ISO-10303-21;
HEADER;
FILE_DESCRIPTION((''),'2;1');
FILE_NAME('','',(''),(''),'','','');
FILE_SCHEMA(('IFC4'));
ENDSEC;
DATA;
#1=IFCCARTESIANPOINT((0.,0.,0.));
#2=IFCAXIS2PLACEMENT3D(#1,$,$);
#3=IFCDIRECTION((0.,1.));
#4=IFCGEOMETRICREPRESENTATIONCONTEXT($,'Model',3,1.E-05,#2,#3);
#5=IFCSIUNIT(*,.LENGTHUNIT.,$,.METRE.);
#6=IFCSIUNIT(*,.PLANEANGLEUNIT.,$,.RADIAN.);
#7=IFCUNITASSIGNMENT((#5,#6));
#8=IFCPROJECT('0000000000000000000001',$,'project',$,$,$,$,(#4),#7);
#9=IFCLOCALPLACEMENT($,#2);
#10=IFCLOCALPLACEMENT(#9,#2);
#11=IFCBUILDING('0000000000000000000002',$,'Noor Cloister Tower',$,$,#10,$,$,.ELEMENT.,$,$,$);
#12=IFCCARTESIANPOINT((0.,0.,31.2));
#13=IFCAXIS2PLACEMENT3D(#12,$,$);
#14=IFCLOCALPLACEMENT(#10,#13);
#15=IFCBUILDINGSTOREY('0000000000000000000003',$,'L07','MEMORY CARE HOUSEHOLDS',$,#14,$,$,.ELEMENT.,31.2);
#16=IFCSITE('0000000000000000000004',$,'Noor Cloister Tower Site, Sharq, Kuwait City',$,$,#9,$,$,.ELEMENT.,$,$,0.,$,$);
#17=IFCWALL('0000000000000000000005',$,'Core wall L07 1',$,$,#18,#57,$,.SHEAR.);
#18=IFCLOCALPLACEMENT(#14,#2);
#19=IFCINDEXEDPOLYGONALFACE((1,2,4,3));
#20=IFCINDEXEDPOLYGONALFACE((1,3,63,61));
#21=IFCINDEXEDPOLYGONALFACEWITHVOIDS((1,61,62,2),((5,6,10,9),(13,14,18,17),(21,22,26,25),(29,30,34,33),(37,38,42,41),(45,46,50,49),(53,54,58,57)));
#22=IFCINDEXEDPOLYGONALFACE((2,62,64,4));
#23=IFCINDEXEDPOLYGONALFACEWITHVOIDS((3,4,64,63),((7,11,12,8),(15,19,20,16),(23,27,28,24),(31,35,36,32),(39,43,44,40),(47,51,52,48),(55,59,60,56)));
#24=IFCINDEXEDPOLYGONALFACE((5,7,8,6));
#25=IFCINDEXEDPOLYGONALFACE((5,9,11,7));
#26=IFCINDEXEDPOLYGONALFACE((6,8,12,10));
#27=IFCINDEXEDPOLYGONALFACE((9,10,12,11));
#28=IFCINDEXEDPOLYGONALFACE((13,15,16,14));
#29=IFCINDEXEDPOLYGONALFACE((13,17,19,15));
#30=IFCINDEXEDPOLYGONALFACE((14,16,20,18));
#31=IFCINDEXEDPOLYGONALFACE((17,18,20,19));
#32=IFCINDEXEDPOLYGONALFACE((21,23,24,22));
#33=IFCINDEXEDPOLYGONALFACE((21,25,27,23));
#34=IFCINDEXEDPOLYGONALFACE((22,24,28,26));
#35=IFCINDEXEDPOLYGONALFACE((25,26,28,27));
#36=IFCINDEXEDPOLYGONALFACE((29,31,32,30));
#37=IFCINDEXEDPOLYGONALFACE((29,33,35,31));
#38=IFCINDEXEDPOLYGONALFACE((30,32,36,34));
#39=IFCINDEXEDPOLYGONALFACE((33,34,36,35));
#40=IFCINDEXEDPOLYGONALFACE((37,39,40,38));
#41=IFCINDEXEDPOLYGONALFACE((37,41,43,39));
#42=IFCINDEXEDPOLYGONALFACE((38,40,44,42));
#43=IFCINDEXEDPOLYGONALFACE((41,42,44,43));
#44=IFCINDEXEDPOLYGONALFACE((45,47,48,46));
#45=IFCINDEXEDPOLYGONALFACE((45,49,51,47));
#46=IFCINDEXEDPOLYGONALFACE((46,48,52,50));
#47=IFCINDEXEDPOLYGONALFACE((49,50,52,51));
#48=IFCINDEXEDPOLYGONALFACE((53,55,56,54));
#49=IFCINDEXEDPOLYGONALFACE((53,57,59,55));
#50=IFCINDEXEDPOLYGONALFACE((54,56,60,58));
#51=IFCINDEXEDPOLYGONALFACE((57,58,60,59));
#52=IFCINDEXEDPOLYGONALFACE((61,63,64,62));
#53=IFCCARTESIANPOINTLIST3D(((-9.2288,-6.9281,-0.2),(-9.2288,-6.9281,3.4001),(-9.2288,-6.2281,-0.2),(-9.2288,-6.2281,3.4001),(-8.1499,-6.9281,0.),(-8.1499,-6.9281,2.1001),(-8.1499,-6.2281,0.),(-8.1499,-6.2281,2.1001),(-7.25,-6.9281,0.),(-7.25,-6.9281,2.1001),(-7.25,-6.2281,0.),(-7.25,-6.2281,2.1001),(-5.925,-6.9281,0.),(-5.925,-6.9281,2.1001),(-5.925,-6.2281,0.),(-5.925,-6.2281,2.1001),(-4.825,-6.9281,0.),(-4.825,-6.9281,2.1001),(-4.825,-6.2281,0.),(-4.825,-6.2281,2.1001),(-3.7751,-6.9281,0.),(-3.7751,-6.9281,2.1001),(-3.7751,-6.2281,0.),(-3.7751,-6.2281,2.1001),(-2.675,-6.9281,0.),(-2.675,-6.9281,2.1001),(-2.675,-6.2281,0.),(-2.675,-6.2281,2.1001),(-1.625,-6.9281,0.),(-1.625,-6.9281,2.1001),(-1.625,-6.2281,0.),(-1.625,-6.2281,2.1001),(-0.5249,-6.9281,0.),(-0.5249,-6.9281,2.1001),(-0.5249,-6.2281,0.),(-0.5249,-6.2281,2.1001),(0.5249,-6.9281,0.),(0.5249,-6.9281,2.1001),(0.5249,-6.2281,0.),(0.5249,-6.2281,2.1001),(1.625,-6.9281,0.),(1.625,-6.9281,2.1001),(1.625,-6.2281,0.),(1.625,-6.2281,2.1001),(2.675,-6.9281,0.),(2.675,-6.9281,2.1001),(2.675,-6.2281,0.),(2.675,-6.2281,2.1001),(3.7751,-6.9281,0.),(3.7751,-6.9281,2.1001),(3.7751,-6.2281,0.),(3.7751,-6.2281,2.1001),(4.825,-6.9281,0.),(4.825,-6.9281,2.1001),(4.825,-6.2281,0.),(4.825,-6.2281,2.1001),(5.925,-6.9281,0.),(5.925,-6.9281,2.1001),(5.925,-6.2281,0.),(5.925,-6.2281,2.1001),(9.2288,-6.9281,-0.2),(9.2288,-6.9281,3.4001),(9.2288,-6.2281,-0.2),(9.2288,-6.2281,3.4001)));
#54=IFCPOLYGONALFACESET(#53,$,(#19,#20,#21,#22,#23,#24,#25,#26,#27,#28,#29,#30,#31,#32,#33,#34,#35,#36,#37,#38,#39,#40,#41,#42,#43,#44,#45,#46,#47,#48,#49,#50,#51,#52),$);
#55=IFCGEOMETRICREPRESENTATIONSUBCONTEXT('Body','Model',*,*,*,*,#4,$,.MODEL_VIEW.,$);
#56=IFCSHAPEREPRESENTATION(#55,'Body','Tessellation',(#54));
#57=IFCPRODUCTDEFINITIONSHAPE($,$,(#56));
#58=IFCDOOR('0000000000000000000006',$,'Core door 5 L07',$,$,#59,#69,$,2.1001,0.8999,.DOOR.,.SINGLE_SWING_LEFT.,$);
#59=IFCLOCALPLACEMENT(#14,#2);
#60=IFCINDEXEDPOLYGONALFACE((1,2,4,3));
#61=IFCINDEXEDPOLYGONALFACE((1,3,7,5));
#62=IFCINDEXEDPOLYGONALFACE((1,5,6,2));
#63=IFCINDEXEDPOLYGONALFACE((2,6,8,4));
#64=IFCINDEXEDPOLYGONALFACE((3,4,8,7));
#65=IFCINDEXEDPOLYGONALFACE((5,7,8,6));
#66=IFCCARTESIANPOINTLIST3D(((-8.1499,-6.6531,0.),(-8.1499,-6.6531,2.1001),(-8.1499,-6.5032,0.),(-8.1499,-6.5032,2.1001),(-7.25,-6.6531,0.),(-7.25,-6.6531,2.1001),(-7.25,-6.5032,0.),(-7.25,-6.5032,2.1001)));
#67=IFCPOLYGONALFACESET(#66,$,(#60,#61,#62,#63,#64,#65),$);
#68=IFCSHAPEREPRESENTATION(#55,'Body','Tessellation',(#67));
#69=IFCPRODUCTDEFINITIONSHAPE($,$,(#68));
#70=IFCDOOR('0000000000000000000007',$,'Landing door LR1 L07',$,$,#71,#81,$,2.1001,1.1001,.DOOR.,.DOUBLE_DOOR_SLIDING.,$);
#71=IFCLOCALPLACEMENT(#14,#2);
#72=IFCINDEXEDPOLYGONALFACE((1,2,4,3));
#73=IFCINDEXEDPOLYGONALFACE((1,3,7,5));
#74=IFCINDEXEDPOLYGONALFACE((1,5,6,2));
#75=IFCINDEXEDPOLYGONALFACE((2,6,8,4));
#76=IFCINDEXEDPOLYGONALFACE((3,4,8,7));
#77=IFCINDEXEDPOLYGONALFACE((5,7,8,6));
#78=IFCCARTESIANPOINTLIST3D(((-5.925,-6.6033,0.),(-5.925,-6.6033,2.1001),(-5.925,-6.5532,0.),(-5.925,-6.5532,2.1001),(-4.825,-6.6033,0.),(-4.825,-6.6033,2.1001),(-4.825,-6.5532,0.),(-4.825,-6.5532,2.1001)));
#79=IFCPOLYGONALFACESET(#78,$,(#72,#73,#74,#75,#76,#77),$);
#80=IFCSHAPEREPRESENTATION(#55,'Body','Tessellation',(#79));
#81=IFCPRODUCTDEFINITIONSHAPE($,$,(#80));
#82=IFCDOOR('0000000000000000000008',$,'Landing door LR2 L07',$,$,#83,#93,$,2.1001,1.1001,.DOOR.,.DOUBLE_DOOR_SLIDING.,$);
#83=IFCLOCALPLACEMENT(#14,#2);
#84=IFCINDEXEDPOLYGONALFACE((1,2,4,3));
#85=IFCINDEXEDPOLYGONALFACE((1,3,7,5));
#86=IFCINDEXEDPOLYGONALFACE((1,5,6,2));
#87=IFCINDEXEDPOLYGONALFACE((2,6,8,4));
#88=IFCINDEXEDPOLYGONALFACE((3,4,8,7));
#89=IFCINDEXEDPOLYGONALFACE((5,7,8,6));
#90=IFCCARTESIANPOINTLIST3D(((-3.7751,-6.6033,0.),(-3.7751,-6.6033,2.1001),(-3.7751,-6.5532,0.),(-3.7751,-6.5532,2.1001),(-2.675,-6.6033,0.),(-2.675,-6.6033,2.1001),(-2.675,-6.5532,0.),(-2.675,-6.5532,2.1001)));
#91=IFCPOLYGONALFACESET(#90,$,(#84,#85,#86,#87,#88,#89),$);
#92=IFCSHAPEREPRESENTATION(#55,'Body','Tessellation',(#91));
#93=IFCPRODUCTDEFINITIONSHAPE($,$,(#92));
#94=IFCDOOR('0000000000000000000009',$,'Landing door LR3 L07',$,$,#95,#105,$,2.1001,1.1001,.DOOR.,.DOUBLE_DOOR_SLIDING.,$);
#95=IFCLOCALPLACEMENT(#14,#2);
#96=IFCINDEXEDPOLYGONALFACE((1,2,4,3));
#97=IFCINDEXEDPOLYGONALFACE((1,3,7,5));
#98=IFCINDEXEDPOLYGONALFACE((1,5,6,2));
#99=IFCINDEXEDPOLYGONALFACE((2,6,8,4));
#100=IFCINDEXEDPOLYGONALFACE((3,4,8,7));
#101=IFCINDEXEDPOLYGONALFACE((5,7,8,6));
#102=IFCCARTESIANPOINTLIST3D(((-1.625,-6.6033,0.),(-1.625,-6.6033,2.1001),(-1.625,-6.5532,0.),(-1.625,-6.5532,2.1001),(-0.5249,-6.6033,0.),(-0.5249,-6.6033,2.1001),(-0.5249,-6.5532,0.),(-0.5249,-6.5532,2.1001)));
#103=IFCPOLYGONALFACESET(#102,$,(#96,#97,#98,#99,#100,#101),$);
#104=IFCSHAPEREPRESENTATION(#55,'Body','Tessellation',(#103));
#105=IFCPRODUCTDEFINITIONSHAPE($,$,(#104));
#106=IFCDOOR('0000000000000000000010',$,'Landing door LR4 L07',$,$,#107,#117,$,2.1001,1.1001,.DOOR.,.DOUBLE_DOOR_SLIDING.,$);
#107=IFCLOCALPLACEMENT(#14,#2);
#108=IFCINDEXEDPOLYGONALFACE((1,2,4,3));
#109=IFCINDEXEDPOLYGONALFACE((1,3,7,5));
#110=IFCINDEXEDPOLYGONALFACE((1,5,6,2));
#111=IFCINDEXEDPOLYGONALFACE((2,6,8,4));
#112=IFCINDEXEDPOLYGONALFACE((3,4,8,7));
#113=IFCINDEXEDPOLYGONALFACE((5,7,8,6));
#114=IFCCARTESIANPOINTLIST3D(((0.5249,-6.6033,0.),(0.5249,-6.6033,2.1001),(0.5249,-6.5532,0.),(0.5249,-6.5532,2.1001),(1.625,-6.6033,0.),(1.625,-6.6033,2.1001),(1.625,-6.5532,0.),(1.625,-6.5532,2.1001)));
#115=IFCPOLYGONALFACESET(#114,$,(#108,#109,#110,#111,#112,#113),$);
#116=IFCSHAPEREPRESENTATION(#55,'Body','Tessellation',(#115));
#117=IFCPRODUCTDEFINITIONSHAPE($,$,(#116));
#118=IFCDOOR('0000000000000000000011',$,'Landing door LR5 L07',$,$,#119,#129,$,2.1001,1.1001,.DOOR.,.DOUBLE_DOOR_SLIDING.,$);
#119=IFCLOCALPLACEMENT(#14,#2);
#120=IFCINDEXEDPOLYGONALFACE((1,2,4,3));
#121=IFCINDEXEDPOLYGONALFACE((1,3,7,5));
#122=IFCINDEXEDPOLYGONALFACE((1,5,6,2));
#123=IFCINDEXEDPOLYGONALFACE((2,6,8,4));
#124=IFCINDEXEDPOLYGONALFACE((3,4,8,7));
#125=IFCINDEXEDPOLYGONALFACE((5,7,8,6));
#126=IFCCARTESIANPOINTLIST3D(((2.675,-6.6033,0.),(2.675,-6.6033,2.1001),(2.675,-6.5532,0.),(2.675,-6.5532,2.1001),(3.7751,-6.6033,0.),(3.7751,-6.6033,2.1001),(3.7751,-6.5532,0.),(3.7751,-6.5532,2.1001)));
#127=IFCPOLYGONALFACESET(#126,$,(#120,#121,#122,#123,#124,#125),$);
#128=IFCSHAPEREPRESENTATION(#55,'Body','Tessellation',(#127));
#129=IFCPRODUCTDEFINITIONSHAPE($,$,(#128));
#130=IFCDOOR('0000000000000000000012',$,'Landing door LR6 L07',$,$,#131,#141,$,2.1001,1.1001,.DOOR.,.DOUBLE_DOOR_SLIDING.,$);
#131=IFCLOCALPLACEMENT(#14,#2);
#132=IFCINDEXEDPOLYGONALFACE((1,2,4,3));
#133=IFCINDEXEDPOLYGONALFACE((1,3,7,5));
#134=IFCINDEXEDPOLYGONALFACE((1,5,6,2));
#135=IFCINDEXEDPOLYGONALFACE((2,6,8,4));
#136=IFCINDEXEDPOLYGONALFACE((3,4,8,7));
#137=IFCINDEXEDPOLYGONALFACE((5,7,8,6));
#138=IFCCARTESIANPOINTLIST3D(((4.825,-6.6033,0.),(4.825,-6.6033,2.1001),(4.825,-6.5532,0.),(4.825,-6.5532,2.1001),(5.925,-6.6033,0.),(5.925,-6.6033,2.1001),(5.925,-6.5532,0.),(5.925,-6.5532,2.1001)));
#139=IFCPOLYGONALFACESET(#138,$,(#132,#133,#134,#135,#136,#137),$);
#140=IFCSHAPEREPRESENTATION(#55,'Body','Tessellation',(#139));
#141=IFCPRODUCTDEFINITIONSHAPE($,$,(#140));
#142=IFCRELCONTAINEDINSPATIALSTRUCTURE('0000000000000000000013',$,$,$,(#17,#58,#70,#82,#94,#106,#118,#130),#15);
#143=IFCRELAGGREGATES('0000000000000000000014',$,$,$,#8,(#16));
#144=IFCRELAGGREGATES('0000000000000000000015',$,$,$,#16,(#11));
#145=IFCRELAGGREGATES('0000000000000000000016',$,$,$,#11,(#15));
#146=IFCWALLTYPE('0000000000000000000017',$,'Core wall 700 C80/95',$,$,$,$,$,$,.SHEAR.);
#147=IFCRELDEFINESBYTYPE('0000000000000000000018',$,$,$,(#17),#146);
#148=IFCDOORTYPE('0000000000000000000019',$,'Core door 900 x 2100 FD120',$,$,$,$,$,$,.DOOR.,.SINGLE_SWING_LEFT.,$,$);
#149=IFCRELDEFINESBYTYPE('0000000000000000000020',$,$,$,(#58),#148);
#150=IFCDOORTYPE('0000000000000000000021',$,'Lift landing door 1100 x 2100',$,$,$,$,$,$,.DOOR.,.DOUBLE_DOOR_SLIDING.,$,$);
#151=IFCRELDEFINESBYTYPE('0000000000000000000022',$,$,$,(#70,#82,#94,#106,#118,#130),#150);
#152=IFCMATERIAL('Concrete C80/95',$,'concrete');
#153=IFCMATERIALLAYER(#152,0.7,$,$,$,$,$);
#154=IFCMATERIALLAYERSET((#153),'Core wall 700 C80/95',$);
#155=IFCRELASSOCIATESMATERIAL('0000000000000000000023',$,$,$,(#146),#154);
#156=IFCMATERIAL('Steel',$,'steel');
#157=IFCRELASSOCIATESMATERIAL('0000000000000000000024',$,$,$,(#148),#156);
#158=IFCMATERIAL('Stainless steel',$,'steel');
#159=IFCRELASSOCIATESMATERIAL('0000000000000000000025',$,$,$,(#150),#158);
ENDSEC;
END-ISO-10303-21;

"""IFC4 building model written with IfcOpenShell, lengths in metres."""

from ifc_helpers import new_model, si_unit, direction, frame, frame_2d, origin, place, context, subcontext, project, spatial, rectangle, extrude, material, layer, layer_set, type_object, element, fill, save


model = new_model("IFC4")

# Units and contexts
model_context = context("Model", 3, precision=1e-05, world=origin(), true_north=direction((0.0, 1.0)))
body_context = subcontext(model_context, "Body", "Model", "MODEL_VIEW")
ifc_project = project(units=[si_unit("LENGTHUNIT", "METRE"), si_unit("PLANEANGLEUNIT", "RADIAN")], contexts=[model_context])

# Site, building, storey
site_placement = place(None, origin())
site = spatial("IfcSite", under=ifc_project, at=site_placement, Name="Noor Cloister Tower Site, Sharq, Kuwait City", CompositionType="ELEMENT", RefElevation=0.0)
building_placement = place(site_placement, origin())
building = spatial("IfcBuilding", under=site, at=building_placement, Name="Noor Cloister Tower", CompositionType="ELEMENT")
storey_placement = place(building_placement, frame((0.0, 0.0, 31.2)))
storey = spatial("IfcBuildingStorey", under=building, at=storey_placement, Name="L07", Description="MEMORY CARE HOUSEHOLDS", CompositionType="ELEMENT", Elevation=31.2)

# Wall, openings, doors
ifc_material_1 = material(Name="Concrete C80/95", Category="concrete")
ifc_layer_1 = layer(ifc_material_1, 0.7)
ifc_layer_set_1 = layer_set([ifc_layer_1], Name="Core wall 700 C80/95")
wall_type_1 = type_object("IfcWallType", Name="Core wall 700 C80/95", PredefinedType="SHEAR", material=ifc_layer_set_1)
wall_1_placement = place(storey_placement, frame((-9.2288, -6.5781, -0.2), z_axis=(0.0, 0.0, 1.0), x_axis=(1.0, 0.0, 0.0)))
wall_1 = element("IfcWall", 1, at=wall_1_placement, inside=storey, type_object=wall_type_1, Name="Core wall L07 1", PredefinedType="SHEAR", context=body_context, shape_type="SweptSolid", body=[
    extrude(rectangle(XDim=18.4575, YDim=0.7, at=frame_2d((9.2288, 0.0))), origin(), (0.0, 0.0, 1.0), 3.6001),
])
opening_1_placement = place(wall_1_placement, frame((3.3037, 0.0, 0.2)))
opening_1 = element("IfcOpeningElement", 2, at=opening_1_placement, cuts=wall_1, PredefinedType="OPENING", context=body_context, shape_type="SweptSolid", body=[
    extrude(rectangle(XDim=1.1001, YDim=2.1001, at=frame_2d((0.55, 1.05))), frame((0.0, 0.3599, 0.0), z_axis=(0.0, -1.0, 0.0), x_axis=(1.0, 0.0, 0.0)), (0.0, 0.0, 1.0), 0.72),
])
opening_2_placement = place(wall_1_placement, frame((5.4536, 0.0, 0.2)))
opening_2 = element("IfcOpeningElement", 3, at=opening_2_placement, cuts=wall_1, PredefinedType="OPENING", context=body_context, shape_type="SweptSolid", body=[
    extrude(rectangle(XDim=1.1001, YDim=2.1001, at=frame_2d((0.55, 1.05))), frame((0.0, 0.3599, 0.0), z_axis=(0.0, -1.0, 0.0), x_axis=(1.0, 0.0, 0.0)), (0.0, 0.0, 1.0), 0.72),
])
opening_3_placement = place(wall_1_placement, frame((7.6038, 0.0, 0.2)))
opening_3 = element("IfcOpeningElement", 4, at=opening_3_placement, cuts=wall_1, PredefinedType="OPENING", context=body_context, shape_type="SweptSolid", body=[
    extrude(rectangle(XDim=1.1001, YDim=2.1001, at=frame_2d((0.55, 1.05))), frame((0.0, 0.3599, 0.0), z_axis=(0.0, -1.0, 0.0), x_axis=(1.0, 0.0, 0.0)), (0.0, 0.0, 1.0), 0.72),
])
opening_4_placement = place(wall_1_placement, frame((9.7537, 0.0, 0.2)))
opening_4 = element("IfcOpeningElement", 5, at=opening_4_placement, cuts=wall_1, PredefinedType="OPENING", context=body_context, shape_type="SweptSolid", body=[
    extrude(rectangle(XDim=1.1001, YDim=2.1001, at=frame_2d((0.55, 1.05))), frame((0.0, 0.3599, 0.0), z_axis=(0.0, -1.0, 0.0), x_axis=(1.0, 0.0, 0.0)), (0.0, 0.0, 1.0), 0.72),
])
opening_5_placement = place(wall_1_placement, frame((11.9038, 0.0, 0.2)))
opening_5 = element("IfcOpeningElement", 6, at=opening_5_placement, cuts=wall_1, PredefinedType="OPENING", context=body_context, shape_type="SweptSolid", body=[
    extrude(rectangle(XDim=1.1001, YDim=2.1001, at=frame_2d((0.55, 1.05))), frame((0.0, 0.3599, 0.0), z_axis=(0.0, -1.0, 0.0), x_axis=(1.0, 0.0, 0.0)), (0.0, 0.0, 1.0), 0.72),
])
opening_6_placement = place(wall_1_placement, frame((14.0537, 0.0, 0.2)))
opening_6 = element("IfcOpeningElement", 7, at=opening_6_placement, cuts=wall_1, PredefinedType="OPENING", context=body_context, shape_type="SweptSolid", body=[
    extrude(rectangle(XDim=1.1001, YDim=2.1001, at=frame_2d((0.55, 1.05))), frame((0.0, 0.3599, 0.0), z_axis=(0.0, -1.0, 0.0), x_axis=(1.0, 0.0, 0.0)), (0.0, 0.0, 1.0), 0.72),
])
opening_7_placement = place(wall_1_placement, frame((1.0789, 0.0, 0.2)))
opening_7 = element("IfcOpeningElement", 8, at=opening_7_placement, cuts=wall_1, PredefinedType="OPENING", context=body_context, shape_type="SweptSolid", body=[
    extrude(rectangle(XDim=0.8999, YDim=2.1001, at=frame_2d((0.45, 1.05))), frame((0.0, 0.3599, 0.0), z_axis=(0.0, -1.0, 0.0), x_axis=(1.0, 0.0, 0.0)), (0.0, 0.0, 1.0), 0.72),
])
ifc_material_2 = material(Name="Steel", Category="steel")
door_type_1 = type_object("IfcDoorType", Name="Core door 900 x 2100 FD120", OperationType="SINGLE_SWING_LEFT", PredefinedType="DOOR", material=ifc_material_2)
door_1_placement = place(opening_7_placement, origin())
door_1 = element("IfcDoor", 9, at=door_1_placement, inside=storey, type_object=door_type_1, Name="Core door 5 L07", OperationType="SINGLE_SWING_LEFT", OverallHeight=2.1001, OverallWidth=0.8999, PredefinedType="DOOR", context=body_context, shape_type="SweptSolid", body=[
    extrude(rectangle(XDim=0.8999, YDim=2.1001, at=frame_2d((0.45, 1.05))), frame((0.0, 0.075, 0.0), z_axis=(0.0, -1.0, 0.0), x_axis=(1.0, 0.0, 0.0)), (0.0, 0.0, 1.0), 0.1499),
])
fill(opening_7, door_1)
ifc_material_3 = material(Name="Stainless steel", Category="steel")
door_type_2 = type_object("IfcDoorType", Name="Lift landing door 1100 x 2100", OperationType="DOUBLE_DOOR_SLIDING", PredefinedType="DOOR", material=ifc_material_3)
door_2_placement = place(opening_1_placement, origin())
door_2 = element("IfcDoor", 10, at=door_2_placement, inside=storey, type_object=door_type_2, Name="Landing door LR1 L07", OperationType="DOUBLE_DOOR_SLIDING", OverallHeight=2.1001, OverallWidth=1.1001, PredefinedType="DOOR", context=body_context, shape_type="SweptSolid", body=[
    extrude(rectangle(XDim=1.1001, YDim=2.1001, at=frame_2d((0.55, 1.05))), frame((0.0, 0.0249, 0.0), z_axis=(0.0, -1.0, 0.0), x_axis=(1.0, 0.0, 0.0)), (0.0, 0.0, 1.0), 0.05),
])
fill(opening_1, door_2)
door_3_placement = place(opening_2_placement, origin())
door_3 = element("IfcDoor", 11, at=door_3_placement, inside=storey, type_object=door_type_2, Name="Landing door LR2 L07", OperationType="DOUBLE_DOOR_SLIDING", OverallHeight=2.1001, OverallWidth=1.1001, PredefinedType="DOOR", context=body_context, shape_type="SweptSolid", body=[
    extrude(rectangle(XDim=1.1001, YDim=2.1001, at=frame_2d((0.55, 1.05))), frame((0.0, 0.0249, 0.0), z_axis=(0.0, -1.0, 0.0), x_axis=(1.0, 0.0, 0.0)), (0.0, 0.0, 1.0), 0.05),
])
fill(opening_2, door_3)
door_4_placement = place(opening_3_placement, origin())
door_4 = element("IfcDoor", 12, at=door_4_placement, inside=storey, type_object=door_type_2, Name="Landing door LR3 L07", OperationType="DOUBLE_DOOR_SLIDING", OverallHeight=2.1001, OverallWidth=1.1001, PredefinedType="DOOR", context=body_context, shape_type="SweptSolid", body=[
    extrude(rectangle(XDim=1.1001, YDim=2.1001, at=frame_2d((0.55, 1.05))), frame((0.0, 0.0249, 0.0), z_axis=(0.0, -1.0, 0.0), x_axis=(1.0, 0.0, 0.0)), (0.0, 0.0, 1.0), 0.05),
])
fill(opening_3, door_4)
door_5_placement = place(opening_4_placement, origin())
door_5 = element("IfcDoor", 13, at=door_5_placement, inside=storey, type_object=door_type_2, Name="Landing door LR4 L07", OperationType="DOUBLE_DOOR_SLIDING", OverallHeight=2.1001, OverallWidth=1.1001, PredefinedType="DOOR", context=body_context, shape_type="SweptSolid", body=[
    extrude(rectangle(XDim=1.1001, YDim=2.1001, at=frame_2d((0.55, 1.05))), frame((0.0, 0.0249, 0.0), z_axis=(0.0, -1.0, 0.0), x_axis=(1.0, 0.0, 0.0)), (0.0, 0.0, 1.0), 0.05),
])
fill(opening_4, door_5)
door_6_placement = place(opening_5_placement, origin())
door_6 = element("IfcDoor", 14, at=door_6_placement, inside=storey, type_object=door_type_2, Name="Landing door LR5 L07", OperationType="DOUBLE_DOOR_SLIDING", OverallHeight=2.1001, OverallWidth=1.1001, PredefinedType="DOOR", context=body_context, shape_type="SweptSolid", body=[
    extrude(rectangle(XDim=1.1001, YDim=2.1001, at=frame_2d((0.55, 1.05))), frame((0.0, 0.0249, 0.0), z_axis=(0.0, -1.0, 0.0), x_axis=(1.0, 0.0, 0.0)), (0.0, 0.0, 1.0), 0.05),
])
fill(opening_5, door_6)
door_7_placement = place(opening_6_placement, origin())
door_7 = element("IfcDoor", 15, at=door_7_placement, inside=storey, type_object=door_type_2, Name="Landing door LR6 L07", OperationType="DOUBLE_DOOR_SLIDING", OverallHeight=2.1001, OverallWidth=1.1001, PredefinedType="DOOR", context=body_context, shape_type="SweptSolid", body=[
    extrude(rectangle(XDim=1.1001, YDim=2.1001, at=frame_2d((0.55, 1.05))), frame((0.0, 0.0249, 0.0), z_axis=(0.0, -1.0, 0.0), x_axis=(1.0, 0.0, 0.0)), (0.0, 0.0, 1.0), 0.05),
])
fill(opening_6, door_7)

save(model, "model.ifc")
